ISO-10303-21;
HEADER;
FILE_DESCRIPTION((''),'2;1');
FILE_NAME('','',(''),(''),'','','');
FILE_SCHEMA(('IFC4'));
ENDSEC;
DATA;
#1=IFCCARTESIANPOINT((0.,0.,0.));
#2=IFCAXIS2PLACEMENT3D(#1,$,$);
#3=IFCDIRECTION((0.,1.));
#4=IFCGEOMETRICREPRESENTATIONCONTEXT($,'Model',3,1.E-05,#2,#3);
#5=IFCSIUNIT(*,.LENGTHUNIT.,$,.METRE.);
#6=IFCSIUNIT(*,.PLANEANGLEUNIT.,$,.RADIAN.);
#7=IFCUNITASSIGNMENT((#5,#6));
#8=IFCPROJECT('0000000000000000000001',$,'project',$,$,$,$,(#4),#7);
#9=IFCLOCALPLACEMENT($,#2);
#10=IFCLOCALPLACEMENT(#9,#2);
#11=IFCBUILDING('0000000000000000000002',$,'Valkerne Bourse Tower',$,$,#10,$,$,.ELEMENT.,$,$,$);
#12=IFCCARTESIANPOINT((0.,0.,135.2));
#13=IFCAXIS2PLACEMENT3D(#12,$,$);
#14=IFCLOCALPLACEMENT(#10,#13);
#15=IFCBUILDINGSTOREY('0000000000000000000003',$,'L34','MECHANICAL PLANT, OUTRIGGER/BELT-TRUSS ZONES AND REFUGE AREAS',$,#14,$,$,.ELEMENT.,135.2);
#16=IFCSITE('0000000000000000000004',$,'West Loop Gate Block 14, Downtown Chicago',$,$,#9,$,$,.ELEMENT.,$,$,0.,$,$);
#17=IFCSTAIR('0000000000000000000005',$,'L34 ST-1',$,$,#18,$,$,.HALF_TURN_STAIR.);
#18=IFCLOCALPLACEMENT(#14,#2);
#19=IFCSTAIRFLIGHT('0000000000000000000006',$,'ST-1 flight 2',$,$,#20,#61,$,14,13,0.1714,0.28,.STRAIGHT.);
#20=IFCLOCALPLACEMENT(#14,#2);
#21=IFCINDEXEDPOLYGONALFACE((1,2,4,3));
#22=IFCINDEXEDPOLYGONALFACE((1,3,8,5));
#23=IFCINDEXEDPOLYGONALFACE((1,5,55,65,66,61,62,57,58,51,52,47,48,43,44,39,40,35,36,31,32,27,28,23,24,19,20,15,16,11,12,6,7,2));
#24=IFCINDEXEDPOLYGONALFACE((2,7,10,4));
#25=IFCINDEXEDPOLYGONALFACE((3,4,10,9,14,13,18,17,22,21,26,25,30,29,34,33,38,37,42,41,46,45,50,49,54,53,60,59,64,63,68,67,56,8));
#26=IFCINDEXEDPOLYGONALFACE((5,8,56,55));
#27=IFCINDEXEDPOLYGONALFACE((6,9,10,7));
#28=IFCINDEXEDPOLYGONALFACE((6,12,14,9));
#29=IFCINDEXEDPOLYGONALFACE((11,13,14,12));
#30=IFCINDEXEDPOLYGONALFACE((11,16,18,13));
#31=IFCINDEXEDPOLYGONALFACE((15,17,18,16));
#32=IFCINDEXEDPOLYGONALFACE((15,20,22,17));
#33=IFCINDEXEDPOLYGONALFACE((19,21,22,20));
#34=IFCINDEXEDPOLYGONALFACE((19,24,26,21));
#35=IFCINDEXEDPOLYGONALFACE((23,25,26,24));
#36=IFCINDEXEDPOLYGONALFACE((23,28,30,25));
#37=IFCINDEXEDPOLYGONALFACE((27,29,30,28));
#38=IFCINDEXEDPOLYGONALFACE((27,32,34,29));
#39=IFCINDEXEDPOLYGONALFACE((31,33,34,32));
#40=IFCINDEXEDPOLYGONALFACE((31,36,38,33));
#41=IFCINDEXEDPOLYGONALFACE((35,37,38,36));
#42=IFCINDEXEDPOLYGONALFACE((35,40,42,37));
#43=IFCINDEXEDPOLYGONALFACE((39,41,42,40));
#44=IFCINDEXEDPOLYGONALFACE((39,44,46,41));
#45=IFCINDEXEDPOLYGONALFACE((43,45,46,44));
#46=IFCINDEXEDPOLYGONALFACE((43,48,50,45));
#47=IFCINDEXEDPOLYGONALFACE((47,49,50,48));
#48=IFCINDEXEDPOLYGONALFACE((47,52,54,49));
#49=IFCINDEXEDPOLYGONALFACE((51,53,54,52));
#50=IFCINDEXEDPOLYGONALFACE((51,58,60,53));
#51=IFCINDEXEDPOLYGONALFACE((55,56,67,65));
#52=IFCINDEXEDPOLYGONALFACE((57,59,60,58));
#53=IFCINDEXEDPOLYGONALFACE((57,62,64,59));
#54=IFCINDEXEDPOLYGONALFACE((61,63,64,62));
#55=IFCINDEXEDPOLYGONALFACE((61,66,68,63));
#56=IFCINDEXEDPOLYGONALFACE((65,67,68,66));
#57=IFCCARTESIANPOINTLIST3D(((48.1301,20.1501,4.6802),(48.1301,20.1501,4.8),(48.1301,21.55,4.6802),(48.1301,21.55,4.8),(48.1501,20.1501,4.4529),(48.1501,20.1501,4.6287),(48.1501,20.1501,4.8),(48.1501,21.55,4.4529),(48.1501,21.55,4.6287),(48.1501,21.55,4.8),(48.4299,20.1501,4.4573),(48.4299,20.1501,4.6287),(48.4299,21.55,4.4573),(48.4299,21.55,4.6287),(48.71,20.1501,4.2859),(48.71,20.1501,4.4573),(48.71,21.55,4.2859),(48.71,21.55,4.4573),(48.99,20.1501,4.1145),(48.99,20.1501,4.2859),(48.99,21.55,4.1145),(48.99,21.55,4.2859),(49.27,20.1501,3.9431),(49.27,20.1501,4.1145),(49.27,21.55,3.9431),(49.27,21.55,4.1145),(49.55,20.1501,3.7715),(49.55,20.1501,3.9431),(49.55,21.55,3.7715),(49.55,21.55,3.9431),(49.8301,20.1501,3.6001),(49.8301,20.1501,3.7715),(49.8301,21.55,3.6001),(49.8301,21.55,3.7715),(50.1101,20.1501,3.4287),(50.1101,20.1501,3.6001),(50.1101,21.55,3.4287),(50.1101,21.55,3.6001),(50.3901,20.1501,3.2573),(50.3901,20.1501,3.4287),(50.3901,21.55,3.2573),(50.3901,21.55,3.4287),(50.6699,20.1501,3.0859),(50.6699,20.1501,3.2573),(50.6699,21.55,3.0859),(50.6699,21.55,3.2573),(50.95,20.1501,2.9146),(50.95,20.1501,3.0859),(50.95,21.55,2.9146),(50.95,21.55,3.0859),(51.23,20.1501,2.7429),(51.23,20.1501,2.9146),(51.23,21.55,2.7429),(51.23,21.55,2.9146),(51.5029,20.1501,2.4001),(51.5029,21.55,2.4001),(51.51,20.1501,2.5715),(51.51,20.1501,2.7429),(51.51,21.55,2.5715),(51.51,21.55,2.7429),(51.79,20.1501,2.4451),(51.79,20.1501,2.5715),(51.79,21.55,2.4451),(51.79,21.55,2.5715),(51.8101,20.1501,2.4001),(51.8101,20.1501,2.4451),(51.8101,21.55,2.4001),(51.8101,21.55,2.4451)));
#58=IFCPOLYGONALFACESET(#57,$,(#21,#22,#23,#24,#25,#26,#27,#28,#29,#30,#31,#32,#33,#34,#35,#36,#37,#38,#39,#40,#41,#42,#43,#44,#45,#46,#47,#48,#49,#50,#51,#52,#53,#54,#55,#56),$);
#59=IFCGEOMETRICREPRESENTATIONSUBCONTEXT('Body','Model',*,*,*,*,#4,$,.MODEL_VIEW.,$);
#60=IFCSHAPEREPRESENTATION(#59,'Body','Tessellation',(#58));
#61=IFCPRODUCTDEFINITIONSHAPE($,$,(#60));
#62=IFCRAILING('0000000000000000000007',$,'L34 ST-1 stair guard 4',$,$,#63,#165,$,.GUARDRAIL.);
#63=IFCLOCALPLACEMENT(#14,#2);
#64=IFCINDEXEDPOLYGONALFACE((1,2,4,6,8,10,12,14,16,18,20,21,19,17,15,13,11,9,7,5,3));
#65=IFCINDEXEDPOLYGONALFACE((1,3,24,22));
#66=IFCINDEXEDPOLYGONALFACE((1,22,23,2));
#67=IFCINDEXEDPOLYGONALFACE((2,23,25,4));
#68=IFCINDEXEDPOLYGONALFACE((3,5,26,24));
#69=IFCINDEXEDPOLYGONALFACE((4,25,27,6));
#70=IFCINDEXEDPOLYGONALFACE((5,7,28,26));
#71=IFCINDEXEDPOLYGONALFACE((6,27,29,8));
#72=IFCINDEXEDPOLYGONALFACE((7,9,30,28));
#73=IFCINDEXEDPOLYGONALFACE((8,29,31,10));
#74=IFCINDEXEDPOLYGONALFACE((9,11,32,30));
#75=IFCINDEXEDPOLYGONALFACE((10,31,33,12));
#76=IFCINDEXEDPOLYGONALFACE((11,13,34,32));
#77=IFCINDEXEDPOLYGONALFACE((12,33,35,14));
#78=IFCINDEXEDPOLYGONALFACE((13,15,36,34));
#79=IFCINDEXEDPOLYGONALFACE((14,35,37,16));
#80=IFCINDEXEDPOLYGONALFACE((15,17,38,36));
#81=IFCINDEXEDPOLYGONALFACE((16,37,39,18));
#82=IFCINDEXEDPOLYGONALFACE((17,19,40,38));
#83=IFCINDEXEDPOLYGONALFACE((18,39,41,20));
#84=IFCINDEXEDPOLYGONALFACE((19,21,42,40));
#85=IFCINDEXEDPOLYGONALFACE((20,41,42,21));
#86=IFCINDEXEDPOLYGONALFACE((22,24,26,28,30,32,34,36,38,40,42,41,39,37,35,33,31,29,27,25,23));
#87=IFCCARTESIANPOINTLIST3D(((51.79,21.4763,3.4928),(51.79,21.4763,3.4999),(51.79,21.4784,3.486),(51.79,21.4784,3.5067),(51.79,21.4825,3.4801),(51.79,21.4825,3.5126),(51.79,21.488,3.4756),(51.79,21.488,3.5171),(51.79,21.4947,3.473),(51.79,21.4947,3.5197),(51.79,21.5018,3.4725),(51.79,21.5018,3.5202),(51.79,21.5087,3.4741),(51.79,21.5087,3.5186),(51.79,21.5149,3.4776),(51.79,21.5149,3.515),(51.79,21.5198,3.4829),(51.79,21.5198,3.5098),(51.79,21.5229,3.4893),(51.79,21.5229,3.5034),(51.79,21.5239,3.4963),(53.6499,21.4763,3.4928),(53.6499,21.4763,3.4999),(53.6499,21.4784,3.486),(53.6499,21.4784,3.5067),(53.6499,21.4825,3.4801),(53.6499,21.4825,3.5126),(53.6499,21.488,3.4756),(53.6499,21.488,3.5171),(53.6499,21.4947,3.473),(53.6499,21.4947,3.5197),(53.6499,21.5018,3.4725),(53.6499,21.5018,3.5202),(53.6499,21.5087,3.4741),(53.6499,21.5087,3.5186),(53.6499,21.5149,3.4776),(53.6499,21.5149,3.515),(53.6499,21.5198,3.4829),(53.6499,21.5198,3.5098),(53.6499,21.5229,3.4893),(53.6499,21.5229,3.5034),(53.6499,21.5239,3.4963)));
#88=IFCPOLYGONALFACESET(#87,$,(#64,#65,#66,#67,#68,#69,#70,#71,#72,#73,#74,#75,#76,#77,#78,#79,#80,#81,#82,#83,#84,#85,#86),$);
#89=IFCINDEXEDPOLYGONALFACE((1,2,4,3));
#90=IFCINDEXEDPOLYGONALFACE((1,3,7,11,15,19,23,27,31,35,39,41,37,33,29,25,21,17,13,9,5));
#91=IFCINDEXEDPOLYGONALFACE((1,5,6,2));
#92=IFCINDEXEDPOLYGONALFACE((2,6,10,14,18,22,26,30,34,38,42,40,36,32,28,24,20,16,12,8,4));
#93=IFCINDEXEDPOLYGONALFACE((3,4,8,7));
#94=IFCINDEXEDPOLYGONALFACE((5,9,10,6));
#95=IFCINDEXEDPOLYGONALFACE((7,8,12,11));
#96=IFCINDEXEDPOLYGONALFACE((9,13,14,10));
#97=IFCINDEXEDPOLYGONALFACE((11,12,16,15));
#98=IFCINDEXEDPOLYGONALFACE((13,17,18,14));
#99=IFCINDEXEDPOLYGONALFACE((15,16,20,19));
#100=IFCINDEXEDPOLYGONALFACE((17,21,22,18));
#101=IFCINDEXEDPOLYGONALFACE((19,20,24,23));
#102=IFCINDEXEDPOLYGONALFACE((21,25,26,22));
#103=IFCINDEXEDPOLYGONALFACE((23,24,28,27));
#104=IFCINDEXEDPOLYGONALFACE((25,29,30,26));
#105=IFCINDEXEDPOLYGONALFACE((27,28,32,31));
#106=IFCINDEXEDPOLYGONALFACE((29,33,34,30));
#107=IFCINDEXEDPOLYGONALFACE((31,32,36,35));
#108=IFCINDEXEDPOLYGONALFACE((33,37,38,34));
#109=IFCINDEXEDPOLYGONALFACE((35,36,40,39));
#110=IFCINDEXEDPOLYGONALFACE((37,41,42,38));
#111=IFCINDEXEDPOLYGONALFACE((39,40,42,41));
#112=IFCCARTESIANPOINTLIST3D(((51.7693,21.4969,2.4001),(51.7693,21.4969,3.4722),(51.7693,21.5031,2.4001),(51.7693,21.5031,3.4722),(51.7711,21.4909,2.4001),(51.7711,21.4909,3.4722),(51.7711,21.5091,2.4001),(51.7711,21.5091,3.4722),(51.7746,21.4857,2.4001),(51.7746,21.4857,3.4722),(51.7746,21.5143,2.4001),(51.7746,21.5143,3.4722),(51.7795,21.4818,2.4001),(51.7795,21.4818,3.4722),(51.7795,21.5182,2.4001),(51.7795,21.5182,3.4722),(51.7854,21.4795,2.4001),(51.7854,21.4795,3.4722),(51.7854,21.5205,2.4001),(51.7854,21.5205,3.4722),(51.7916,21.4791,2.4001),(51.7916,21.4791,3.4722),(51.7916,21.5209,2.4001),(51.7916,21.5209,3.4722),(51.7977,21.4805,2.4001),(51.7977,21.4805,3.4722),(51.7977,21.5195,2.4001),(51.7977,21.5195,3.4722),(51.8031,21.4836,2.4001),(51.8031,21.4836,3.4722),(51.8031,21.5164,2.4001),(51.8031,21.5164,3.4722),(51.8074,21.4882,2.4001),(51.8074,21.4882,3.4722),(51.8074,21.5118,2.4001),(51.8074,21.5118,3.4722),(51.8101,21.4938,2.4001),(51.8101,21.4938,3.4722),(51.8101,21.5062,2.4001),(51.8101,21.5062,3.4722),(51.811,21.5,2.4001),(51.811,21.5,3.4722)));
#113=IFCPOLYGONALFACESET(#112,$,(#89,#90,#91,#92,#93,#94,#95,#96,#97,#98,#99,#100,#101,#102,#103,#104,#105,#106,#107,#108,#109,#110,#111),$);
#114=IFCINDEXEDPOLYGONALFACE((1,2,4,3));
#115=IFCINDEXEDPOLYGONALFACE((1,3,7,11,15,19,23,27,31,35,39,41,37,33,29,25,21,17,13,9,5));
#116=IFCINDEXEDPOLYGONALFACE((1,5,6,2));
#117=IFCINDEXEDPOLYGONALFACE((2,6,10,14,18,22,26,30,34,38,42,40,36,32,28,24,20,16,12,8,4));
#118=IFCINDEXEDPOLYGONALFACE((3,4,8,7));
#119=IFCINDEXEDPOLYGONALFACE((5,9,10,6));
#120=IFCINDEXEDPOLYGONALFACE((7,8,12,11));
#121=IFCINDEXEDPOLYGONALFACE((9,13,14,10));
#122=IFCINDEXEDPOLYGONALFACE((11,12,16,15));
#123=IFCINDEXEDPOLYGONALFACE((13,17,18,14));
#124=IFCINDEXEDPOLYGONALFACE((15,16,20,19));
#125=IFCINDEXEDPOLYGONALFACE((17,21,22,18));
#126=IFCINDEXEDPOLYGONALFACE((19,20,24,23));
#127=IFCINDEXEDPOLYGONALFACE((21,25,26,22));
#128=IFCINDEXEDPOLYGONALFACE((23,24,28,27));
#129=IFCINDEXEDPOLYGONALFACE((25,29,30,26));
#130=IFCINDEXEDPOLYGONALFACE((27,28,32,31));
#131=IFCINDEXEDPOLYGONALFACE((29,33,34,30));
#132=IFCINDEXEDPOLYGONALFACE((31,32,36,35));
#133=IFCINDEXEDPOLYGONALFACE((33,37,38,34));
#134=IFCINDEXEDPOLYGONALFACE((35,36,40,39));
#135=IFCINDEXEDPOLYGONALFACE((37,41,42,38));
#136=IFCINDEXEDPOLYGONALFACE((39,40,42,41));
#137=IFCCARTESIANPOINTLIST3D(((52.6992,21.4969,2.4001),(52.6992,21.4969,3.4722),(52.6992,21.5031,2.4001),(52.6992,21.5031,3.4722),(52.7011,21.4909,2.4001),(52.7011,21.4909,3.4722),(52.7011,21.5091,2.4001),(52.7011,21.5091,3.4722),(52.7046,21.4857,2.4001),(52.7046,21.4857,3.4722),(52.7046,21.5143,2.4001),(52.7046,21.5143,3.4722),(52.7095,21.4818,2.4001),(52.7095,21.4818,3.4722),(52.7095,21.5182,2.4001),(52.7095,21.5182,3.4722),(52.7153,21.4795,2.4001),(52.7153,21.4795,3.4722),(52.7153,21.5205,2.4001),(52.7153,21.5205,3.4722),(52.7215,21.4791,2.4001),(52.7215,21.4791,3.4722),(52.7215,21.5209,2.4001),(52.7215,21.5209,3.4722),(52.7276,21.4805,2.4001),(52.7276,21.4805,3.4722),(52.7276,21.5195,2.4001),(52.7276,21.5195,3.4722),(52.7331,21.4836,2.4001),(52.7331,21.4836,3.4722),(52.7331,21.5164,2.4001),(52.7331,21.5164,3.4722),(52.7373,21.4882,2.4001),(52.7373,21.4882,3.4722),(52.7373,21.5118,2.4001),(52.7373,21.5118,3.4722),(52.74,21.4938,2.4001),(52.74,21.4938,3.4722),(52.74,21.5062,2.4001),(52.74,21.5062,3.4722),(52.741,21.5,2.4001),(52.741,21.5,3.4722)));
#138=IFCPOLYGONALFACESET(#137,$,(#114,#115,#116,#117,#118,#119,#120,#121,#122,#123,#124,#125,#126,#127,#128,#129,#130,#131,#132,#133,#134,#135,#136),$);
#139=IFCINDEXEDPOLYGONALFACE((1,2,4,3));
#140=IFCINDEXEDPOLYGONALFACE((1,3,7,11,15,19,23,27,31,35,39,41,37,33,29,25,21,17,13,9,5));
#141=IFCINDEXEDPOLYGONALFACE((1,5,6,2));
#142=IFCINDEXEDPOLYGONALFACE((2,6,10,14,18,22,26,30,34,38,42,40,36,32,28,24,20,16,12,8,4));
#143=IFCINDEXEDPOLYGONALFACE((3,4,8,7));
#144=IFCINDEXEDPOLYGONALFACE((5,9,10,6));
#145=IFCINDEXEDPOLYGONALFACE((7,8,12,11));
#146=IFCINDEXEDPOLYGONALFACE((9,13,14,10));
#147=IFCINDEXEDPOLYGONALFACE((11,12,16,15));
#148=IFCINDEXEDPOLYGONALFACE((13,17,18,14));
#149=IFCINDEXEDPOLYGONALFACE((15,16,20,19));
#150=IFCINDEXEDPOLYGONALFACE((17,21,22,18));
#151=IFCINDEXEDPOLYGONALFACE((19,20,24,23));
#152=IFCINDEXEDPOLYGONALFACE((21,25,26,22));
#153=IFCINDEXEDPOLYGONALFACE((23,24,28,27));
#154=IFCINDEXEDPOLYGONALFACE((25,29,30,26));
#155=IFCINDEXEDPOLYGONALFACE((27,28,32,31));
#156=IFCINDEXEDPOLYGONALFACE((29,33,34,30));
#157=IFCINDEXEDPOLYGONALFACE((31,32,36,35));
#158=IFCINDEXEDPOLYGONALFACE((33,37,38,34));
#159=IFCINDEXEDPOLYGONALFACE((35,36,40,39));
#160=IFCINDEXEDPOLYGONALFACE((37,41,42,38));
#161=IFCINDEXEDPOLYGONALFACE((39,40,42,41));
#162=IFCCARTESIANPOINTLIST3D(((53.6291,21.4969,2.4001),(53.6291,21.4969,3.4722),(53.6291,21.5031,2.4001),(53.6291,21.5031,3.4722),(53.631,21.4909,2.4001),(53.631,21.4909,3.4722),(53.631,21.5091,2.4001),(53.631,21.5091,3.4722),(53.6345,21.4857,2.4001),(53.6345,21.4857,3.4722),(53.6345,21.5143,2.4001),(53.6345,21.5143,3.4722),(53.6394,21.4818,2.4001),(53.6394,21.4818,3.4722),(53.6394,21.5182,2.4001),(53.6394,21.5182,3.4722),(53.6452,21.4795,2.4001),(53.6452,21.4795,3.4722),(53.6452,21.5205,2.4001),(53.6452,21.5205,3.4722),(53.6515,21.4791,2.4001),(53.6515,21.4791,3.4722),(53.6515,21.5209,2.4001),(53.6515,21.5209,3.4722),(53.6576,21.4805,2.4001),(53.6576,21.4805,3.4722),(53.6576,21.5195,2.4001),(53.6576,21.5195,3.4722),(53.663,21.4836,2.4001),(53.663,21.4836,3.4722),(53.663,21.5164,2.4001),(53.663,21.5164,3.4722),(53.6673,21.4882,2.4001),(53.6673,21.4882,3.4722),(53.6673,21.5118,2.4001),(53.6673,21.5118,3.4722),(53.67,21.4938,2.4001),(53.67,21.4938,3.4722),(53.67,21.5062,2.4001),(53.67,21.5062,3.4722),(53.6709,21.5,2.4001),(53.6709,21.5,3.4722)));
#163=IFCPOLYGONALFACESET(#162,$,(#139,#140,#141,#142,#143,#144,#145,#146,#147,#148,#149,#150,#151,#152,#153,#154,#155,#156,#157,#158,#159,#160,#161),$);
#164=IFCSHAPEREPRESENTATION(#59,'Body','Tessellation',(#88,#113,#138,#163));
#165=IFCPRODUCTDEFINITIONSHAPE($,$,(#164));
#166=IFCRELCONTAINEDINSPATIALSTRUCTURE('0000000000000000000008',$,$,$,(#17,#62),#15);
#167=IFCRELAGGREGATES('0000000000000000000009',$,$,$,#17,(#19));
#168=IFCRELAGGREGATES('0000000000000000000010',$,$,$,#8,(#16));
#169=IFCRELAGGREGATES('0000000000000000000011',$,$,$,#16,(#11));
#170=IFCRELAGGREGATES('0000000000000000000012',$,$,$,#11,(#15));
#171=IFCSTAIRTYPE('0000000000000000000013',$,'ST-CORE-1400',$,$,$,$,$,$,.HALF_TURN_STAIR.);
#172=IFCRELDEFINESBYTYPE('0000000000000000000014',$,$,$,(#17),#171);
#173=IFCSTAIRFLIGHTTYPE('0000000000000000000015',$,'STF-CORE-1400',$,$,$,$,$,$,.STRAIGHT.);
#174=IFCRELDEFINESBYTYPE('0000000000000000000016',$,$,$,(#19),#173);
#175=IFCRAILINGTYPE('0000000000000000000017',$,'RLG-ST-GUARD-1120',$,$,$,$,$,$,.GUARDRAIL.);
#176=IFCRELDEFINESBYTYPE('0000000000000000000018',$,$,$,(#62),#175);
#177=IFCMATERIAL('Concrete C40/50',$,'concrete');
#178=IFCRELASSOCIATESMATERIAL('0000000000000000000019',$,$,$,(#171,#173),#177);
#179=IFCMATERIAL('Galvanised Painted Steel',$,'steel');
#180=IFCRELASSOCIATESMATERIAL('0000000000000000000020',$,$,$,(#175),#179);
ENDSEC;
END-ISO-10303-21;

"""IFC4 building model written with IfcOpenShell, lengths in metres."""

from ifc_helpers import new_model, si_unit, direction, frame, origin, origin_2d, place, context, subcontext, project, spatial, polyline, circle, outline, extrude, material, type_object, element, aggregate, save


model = new_model("IFC4")

# Units and contexts
model_context = context("Model", 3, precision=1e-05, world=origin(), true_north=direction((0.0, 1.0)))
body_context = subcontext(model_context, "Body", "Model", "MODEL_VIEW")
ifc_project = project(units=[si_unit("LENGTHUNIT", "METRE"), si_unit("PLANEANGLEUNIT", "RADIAN")], contexts=[model_context])

# Site, building, storey
site_placement = place(None, origin())
site = spatial("IfcSite", under=ifc_project, at=site_placement, Name="West Loop Gate Block 14, Downtown Chicago", CompositionType="ELEMENT", RefElevation=0.0)
building_placement = place(site_placement, origin())
building = spatial("IfcBuilding", under=site, at=building_placement, Name="Valkerne Bourse Tower", CompositionType="ELEMENT")
storey_placement = place(building_placement, frame((0.0, 0.0, 135.2)))
storey = spatial("IfcBuildingStorey", under=building, at=storey_placement, Name="L34", Description="MECHANICAL PLANT, OUTRIGGER/BELT-TRUSS ZONES AND REFUGE AREAS", CompositionType="ELEMENT", Elevation=135.2)

# Shared definitions
ifc_material_1 = material(Name="Galvanised Painted Steel", Category="steel")

# Shared definitions
ifc_material_2 = material(Name="Concrete C40/50", Category="concrete")

# Stair, stair flight
stair_type = type_object("IfcStairType", Name="ST-CORE-1400", PredefinedType="HALF_TURN_STAIR", material=ifc_material_2)
stair_placement = place(storey_placement, origin())
stair = element("IfcStair", 1, at=stair_placement, inside=storey, type_object=stair_type, Name="L34 ST-1", PredefinedType="HALF_TURN_STAIR")
stair_flight_type = type_object("IfcStairFlightType", Name="STF-CORE-1400", PredefinedType="STRAIGHT", material=ifc_material_2)
stair_flight_placement = place(storey_placement, frame((51.79, 20.8501, 2.4001), z_axis=(0.0, 0.0, 1.0), x_axis=(-1.0, 0.0, 0.0)))
stair_flight = element("IfcStairFlight", 2, at=stair_flight_placement, type_object=stair_flight_type, Name="ST-1 flight 2", NumberOfRisers=14, NumberOfTreads=13, PredefinedType="STRAIGHT", RiserHeight=0.1714, TreadLength=0.28, context=body_context, shape_type="SweptSolid", body=[
    extrude(outline(polyline([(-0.02, 0.0), (-0.02, 0.0449), (0.0, 0.0449), (0.0, 0.1714), (0.28, 0.1714), (0.28, 0.3428), (0.5601, 0.3428), (0.5601, 0.5144), (0.8401, 0.5144), (0.8401, 0.6858), (1.1201, 0.6858), (1.1201, 0.8572), (1.3999, 0.8572), (1.3999, 1.0286), (1.6799, 1.0286), (1.6799, 1.2), (1.96, 1.2), (1.96, 1.3713), (2.24, 1.3713), (2.24, 1.543), (2.52, 1.543), (2.52, 1.7144), (2.8, 1.7144), (2.8, 1.8857), (3.0801, 1.8857), (3.0801, 2.0571), (3.3601, 2.0571), (3.3601, 2.2285), (3.6399, 2.2285), (3.6399, 2.3999), (3.6599, 2.3999), (3.6599, 2.28), (3.6399, 2.0527), (0.2871, 0.0), (-0.02, 0.0)])), frame((0.0, 0.7, 0.0), z_axis=(0.0, -1.0, 0.0), x_axis=(1.0, 0.0, 0.0)), (0.0, 0.0, 1.0), 1.3999),
])
aggregate(stair, [stair_flight])

# Railing
railing_type_1 = type_object("IfcRailingType", Name="RLG-ST-GUARD-1120", PredefinedType="GUARDRAIL", material=ifc_material_1)
railing_1_placement = place(storey_placement, frame((51.79, 21.5, 2.4001)))
element("IfcRailing", 3, at=railing_1_placement, inside=storey, type_object=railing_type_1, Name="L34 ST-1 stair guard 4", PredefinedType="GUARDRAIL", context=body_context, shape_type="SweptSolid", body=[
    extrude(circle(Radius=0.0239, at=origin_2d()), frame((0.0, 0.0, 1.0962), z_axis=(1.0, 0.0, 0.0), x_axis=(0.0, 1.0, 0.0)), (0.0, 0.0, 1.0), 1.8599),
    extrude(circle(Radius=0.021, at=origin_2d()), origin(), (0.0, 0.0, 1.0), 1.072),
    extrude(circle(Radius=0.021, at=origin_2d()), frame((0.9299, 0.0, 0.0)), (0.0, 0.0, 1.0), 1.072),
    extrude(circle(Radius=0.021, at=origin_2d()), frame((1.8599, 0.0, 0.0)), (0.0, 0.0, 1.0), 1.072),
])

save(model, "model.ifc")
